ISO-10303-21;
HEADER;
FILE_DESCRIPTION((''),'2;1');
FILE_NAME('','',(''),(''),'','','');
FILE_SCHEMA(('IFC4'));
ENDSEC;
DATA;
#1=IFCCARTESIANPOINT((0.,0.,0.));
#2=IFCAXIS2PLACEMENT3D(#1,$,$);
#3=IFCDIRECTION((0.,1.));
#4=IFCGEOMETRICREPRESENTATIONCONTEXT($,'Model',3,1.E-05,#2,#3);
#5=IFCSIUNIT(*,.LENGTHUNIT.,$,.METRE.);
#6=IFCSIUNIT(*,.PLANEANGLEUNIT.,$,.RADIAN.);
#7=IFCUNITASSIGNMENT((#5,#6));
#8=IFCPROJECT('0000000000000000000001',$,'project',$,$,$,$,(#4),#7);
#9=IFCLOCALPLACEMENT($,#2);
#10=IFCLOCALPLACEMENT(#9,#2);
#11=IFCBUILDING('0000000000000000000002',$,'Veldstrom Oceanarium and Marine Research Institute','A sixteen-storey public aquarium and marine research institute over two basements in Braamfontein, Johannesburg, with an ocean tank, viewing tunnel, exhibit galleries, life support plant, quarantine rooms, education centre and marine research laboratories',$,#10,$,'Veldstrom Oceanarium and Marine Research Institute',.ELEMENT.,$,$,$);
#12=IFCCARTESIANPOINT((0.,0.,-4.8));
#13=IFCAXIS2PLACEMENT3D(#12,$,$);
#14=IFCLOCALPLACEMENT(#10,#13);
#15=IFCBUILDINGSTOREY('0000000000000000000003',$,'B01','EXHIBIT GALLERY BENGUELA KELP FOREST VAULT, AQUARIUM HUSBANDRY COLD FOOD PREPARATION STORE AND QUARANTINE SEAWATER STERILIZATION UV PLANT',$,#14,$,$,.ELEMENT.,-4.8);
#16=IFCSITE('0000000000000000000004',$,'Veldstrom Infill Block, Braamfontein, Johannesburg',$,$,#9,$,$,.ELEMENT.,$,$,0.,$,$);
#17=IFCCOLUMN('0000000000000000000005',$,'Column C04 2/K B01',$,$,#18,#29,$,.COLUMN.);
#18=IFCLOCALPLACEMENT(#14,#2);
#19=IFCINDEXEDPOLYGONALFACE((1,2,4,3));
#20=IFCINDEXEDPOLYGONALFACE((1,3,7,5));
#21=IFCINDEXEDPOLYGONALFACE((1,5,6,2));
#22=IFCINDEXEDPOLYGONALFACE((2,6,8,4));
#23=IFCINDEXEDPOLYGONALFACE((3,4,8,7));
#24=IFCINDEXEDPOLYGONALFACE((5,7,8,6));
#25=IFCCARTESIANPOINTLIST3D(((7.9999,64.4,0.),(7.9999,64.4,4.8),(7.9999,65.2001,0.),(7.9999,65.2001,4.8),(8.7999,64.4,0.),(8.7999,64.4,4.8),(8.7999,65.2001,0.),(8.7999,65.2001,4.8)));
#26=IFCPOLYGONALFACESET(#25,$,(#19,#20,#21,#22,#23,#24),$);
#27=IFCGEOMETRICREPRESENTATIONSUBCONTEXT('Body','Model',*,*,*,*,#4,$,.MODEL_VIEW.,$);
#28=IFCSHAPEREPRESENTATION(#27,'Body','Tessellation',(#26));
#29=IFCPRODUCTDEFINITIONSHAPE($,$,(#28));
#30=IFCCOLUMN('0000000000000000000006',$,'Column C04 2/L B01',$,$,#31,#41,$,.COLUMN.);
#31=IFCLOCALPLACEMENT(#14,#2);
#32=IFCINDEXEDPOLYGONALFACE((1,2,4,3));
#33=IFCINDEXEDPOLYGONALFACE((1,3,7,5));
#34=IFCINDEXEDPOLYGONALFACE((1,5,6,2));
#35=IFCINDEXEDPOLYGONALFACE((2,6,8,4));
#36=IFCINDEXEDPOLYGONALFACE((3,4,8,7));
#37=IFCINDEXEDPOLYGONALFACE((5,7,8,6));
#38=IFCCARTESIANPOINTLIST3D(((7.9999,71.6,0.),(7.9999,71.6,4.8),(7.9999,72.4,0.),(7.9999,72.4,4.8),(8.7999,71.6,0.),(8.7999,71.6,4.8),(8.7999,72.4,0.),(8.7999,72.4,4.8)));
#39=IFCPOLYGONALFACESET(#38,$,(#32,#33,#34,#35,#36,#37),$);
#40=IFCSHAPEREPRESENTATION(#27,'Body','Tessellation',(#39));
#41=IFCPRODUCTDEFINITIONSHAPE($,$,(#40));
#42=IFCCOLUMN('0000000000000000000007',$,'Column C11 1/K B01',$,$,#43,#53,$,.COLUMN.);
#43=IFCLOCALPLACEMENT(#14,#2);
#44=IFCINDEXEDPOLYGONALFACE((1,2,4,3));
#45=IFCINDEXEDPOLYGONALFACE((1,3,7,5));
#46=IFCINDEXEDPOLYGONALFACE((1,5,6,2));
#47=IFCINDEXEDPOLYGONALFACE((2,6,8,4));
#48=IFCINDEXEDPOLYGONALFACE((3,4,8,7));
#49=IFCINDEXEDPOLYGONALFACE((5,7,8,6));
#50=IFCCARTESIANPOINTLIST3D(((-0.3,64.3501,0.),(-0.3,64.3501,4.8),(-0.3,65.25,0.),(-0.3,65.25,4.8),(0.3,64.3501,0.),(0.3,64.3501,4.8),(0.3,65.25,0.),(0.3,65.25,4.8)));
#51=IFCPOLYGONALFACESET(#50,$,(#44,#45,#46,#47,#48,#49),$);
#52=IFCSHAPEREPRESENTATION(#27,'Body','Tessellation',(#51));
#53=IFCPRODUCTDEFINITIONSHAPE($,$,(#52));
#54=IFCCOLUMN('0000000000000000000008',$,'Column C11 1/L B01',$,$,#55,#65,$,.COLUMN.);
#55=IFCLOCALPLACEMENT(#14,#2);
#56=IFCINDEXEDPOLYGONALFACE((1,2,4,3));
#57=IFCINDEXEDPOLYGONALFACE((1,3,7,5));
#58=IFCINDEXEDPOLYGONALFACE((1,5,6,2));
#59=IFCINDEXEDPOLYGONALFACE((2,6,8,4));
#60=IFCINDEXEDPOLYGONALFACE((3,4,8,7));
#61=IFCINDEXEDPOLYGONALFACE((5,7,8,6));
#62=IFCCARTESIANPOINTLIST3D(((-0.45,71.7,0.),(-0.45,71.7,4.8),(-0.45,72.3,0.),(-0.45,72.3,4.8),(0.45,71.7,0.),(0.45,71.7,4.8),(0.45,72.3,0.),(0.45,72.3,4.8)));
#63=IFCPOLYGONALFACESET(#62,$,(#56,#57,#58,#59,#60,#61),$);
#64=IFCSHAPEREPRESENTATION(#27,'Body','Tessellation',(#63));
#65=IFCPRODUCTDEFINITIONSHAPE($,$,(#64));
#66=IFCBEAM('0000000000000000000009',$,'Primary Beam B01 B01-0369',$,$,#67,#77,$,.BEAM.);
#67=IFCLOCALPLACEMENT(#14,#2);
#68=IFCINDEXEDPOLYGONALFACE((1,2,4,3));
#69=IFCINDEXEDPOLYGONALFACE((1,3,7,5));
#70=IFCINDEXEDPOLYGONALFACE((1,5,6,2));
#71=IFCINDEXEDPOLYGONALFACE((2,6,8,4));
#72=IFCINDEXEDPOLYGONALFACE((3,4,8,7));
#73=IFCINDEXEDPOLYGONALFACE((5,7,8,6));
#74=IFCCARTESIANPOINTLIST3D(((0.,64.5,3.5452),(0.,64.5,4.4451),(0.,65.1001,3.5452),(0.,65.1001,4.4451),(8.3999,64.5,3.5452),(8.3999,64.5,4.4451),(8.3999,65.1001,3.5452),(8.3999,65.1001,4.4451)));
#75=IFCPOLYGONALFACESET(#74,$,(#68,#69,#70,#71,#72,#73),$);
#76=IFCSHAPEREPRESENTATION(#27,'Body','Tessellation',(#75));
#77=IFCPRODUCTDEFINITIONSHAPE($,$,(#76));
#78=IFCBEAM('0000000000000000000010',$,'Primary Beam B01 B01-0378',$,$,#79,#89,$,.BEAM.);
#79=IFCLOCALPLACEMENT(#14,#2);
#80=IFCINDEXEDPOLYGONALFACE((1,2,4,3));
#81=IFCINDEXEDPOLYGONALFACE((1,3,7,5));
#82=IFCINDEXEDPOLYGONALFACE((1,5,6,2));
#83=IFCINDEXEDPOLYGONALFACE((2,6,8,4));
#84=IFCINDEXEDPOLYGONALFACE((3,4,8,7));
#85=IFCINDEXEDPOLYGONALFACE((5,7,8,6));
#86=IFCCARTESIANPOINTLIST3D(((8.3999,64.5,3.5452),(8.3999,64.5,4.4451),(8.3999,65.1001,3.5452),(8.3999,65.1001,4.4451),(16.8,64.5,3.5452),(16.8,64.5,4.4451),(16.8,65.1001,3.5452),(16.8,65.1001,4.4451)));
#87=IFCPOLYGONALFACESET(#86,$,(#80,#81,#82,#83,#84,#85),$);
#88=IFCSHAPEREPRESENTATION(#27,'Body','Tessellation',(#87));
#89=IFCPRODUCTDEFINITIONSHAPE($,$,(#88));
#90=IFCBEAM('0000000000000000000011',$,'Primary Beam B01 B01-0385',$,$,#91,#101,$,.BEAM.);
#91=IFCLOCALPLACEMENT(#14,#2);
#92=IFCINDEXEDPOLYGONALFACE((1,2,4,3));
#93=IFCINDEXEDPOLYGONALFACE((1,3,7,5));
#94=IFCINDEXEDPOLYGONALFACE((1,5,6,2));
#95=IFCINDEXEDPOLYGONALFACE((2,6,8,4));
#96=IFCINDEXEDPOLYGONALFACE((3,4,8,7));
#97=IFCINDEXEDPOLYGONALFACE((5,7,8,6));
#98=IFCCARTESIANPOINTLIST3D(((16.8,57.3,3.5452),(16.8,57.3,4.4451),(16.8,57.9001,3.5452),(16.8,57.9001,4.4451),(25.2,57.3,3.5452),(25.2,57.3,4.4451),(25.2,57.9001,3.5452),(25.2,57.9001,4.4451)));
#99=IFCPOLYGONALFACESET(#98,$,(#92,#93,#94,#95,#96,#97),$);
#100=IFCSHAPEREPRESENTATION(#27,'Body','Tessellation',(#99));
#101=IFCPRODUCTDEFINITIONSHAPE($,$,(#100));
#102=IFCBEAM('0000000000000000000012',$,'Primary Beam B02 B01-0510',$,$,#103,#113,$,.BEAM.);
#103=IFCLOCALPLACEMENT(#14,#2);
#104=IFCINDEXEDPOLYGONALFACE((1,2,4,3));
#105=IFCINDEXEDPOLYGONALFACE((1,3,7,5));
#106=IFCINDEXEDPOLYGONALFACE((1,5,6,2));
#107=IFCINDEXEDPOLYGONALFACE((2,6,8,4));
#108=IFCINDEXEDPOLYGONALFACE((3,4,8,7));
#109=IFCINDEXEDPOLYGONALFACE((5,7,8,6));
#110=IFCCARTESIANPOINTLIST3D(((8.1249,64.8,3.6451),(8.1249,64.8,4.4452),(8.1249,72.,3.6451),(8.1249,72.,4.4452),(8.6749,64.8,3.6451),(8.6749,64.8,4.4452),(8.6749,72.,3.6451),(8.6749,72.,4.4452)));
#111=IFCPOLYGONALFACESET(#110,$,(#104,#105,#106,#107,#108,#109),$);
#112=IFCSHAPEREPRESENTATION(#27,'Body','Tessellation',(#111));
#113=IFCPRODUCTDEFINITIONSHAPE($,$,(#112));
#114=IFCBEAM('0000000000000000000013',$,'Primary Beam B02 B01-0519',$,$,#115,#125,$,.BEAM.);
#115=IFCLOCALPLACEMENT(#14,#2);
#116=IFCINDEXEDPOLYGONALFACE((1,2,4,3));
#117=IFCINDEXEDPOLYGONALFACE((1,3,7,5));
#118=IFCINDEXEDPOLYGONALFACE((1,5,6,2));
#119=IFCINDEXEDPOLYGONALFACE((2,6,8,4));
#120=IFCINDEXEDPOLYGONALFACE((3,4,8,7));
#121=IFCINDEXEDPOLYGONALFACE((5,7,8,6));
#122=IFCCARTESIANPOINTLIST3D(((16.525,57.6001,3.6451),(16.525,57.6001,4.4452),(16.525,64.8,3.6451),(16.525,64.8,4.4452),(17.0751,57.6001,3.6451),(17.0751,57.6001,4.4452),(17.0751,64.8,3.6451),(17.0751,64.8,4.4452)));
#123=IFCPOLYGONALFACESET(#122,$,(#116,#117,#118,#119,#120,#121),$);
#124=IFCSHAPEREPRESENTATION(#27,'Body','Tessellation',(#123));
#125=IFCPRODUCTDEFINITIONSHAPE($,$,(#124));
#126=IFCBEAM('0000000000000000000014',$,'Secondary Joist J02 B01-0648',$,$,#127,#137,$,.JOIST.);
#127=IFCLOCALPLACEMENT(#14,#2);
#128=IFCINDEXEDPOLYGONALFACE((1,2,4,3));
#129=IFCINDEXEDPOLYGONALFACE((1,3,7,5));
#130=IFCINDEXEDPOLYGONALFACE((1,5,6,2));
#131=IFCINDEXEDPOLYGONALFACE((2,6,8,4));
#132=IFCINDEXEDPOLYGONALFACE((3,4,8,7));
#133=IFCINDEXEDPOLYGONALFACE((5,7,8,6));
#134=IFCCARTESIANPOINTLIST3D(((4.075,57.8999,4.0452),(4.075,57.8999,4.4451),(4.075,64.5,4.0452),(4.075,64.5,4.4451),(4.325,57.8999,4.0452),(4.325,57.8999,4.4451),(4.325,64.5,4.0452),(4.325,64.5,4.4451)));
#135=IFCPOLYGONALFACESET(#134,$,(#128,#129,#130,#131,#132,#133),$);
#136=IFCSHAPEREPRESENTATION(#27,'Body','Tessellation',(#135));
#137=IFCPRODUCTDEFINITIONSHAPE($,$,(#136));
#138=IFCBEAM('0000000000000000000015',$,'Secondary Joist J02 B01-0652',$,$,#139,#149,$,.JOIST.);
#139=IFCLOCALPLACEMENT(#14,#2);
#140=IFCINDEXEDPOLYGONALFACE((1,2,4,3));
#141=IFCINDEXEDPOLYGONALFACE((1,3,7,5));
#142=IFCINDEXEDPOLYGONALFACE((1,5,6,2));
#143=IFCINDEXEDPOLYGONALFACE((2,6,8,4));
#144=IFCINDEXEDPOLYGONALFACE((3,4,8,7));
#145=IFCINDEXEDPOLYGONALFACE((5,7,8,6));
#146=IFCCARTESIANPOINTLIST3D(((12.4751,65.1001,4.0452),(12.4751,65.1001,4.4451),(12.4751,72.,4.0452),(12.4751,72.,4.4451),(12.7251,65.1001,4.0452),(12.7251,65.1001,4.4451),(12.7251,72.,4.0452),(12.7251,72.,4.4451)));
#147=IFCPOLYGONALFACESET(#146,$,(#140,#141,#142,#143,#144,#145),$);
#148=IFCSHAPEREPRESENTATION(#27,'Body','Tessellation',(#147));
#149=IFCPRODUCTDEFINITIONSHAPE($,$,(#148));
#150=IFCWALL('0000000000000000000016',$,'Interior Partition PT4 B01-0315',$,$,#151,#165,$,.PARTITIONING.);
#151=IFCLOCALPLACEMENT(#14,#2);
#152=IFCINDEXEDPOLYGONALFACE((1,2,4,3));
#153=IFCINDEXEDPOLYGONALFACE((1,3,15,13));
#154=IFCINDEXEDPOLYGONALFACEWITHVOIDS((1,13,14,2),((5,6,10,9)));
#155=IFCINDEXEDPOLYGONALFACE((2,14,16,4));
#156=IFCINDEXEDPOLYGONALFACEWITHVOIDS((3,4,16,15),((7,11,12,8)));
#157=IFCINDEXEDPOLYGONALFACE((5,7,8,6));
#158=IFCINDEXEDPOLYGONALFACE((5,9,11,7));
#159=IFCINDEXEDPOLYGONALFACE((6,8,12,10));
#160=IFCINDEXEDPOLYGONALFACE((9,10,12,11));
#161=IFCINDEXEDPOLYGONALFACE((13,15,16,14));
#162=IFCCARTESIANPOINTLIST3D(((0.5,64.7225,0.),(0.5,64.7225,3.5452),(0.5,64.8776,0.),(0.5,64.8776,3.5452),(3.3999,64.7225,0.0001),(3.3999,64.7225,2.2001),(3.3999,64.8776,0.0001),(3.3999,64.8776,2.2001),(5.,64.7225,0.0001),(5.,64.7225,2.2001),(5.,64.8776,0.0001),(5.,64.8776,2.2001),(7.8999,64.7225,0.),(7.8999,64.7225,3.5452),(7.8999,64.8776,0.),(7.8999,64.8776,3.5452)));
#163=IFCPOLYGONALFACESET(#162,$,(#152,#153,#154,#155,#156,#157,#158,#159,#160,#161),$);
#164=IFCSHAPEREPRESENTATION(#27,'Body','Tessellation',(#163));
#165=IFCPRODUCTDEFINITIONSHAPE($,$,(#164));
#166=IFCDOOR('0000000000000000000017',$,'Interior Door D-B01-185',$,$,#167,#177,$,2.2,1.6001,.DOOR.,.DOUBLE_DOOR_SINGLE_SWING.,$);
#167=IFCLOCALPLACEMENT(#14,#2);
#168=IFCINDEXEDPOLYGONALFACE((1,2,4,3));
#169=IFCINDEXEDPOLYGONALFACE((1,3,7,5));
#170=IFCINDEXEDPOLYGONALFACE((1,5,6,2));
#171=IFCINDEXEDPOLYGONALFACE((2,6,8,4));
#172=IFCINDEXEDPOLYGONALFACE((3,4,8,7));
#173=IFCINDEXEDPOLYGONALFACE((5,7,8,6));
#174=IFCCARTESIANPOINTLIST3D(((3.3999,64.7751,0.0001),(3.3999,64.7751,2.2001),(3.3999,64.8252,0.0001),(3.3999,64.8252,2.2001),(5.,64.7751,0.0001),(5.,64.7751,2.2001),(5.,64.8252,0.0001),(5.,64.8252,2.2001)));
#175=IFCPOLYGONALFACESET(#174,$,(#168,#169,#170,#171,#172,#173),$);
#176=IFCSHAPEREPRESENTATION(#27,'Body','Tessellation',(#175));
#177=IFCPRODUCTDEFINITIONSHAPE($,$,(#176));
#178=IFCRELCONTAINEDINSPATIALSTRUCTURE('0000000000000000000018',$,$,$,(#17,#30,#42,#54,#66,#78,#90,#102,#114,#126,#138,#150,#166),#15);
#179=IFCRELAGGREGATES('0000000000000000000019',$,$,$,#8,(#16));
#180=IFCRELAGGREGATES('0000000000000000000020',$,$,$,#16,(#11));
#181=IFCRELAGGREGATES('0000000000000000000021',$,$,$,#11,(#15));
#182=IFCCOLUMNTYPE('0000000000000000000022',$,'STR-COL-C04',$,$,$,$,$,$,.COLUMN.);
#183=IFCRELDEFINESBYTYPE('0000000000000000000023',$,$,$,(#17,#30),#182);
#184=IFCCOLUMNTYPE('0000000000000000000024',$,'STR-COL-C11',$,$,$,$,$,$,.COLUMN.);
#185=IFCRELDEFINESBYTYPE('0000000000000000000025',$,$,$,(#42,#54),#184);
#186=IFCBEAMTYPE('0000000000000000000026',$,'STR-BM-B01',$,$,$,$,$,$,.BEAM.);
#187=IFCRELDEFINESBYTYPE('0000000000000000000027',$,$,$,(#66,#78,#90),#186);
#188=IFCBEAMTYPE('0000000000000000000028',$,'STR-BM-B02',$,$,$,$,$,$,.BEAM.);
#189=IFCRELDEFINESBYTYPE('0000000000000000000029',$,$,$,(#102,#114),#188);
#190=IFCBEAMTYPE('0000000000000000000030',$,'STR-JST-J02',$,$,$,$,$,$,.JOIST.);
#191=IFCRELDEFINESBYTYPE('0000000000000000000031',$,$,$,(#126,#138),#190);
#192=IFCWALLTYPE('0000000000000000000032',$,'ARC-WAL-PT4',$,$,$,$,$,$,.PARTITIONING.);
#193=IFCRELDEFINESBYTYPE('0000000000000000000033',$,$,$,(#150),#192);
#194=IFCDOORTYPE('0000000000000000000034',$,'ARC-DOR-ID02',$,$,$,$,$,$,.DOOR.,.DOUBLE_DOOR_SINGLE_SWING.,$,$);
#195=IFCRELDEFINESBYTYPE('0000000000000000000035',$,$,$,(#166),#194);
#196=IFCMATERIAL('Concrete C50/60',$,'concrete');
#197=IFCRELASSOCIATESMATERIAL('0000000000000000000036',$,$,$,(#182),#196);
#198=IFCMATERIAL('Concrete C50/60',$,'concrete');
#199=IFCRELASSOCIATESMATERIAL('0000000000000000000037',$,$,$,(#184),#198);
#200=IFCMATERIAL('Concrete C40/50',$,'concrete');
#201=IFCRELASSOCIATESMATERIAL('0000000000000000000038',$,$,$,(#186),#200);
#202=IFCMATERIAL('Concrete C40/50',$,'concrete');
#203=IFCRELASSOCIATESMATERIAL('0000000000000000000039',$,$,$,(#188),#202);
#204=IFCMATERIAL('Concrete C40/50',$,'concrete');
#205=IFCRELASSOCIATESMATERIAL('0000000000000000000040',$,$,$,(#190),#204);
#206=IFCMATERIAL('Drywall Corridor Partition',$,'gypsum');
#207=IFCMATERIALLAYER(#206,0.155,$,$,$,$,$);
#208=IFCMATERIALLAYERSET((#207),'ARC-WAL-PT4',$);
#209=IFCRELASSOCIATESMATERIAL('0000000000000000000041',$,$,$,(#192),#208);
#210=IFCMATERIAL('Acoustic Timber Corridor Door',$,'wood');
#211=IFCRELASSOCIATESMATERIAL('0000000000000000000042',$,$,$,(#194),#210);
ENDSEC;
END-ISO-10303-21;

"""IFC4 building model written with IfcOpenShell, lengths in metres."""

from ifc_helpers import new_model, si_unit, direction, frame, frame_2d, origin, origin_2d, place, context, subcontext, project, spatial, rectangle, extrude, material, layer, layer_set, material_profile, profile_set, type_object, element, fill, save


model = new_model("IFC4")

# Units and contexts
model_context = context("Model", 3, precision=1e-05, world=origin(), true_north=direction((0.0, 1.0)))
body_context = subcontext(model_context, "Body", "Model", "MODEL_VIEW")
ifc_project = project(units=[si_unit("LENGTHUNIT", "METRE"), si_unit("PLANEANGLEUNIT", "RADIAN")], contexts=[model_context])

# Site, building, storey
site_placement = place(None, origin())
site = spatial("IfcSite", under=ifc_project, at=site_placement, Name="Veldstrom Infill Block, Braamfontein, Johannesburg", CompositionType="ELEMENT", RefElevation=0.0)
building_placement = place(site_placement, origin())
building = spatial("IfcBuilding", under=site, at=building_placement, Name="Veldstrom Oceanarium and Marine Research Institute", Description="A sixteen-storey public aquarium and marine research institute over two basements in Braamfontein, Johannesburg, with an ocean tank, viewing tunnel, exhibit galleries, life support plant, quarantine rooms, education centre and marine research laboratories", LongName="Veldstrom Oceanarium and Marine Research Institute", CompositionType="ELEMENT")
storey_placement = place(building_placement, frame((0.0, 0.0, -4.8)))
storey = spatial("IfcBuildingStorey", under=building, at=storey_placement, Name="B01", Description="EXHIBIT GALLERY BENGUELA KELP FOREST VAULT, AQUARIUM HUSBANDRY COLD FOOD PREPARATION STORE AND QUARANTINE SEAWATER STERILIZATION UV PLANT", CompositionType="ELEMENT", Elevation=-4.8)

# Columns
ifc_material_1 = material(Name="Concrete C50/60", Category="concrete")
ifc_material_profile_1 = material_profile(ifc_material_1, rectangle(XDim=0.8, YDim=0.8, at=origin_2d()), Name="RC-COL-800x800")
ifc_profile_set_1 = profile_set([ifc_material_profile_1], Name="Concrete C50/60")
column_type_1 = type_object("IfcColumnType", Name="STR-COL-C04", PredefinedType="COLUMN", material=ifc_profile_set_1)
for number, where, z_axis, x_axis, name in (
    (1, (8.3999, 64.8, 0.0), (0.0, 0.0, 1.0), (1.0, 0.0, 0.0), "Column C04 2/K B01"),
    (2, (8.3999, 72.0, 0.0), (0.0, 0.0, 1.0), (1.0, 0.0, 0.0), "Column C04 2/L B01"),
):
    element("IfcColumn", number, at=place(storey_placement, frame(where, z_axis=z_axis, x_axis=x_axis)), inside=storey, type_object=column_type_1, Name=name, PredefinedType="COLUMN", context=body_context, shape_type="SweptSolid", body=[
        extrude(rectangle(XDim=0.8, YDim=0.8, at=origin_2d()), origin(), (0.0, 0.0, 1.0), 4.8),
    ])
ifc_material_2 = material(Name="Concrete C50/60", Category="concrete")
ifc_material_profile_2 = material_profile(ifc_material_2, rectangle(XDim=0.6001, YDim=0.8999, at=origin_2d()), Name="RC-COL-900x600")
ifc_profile_set_2 = profile_set([ifc_material_profile_2], Name="Concrete C50/60")
column_type_2 = type_object("IfcColumnType", Name="STR-COL-C11", PredefinedType="COLUMN", material=ifc_profile_set_2)
for number, where, z_axis, x_axis, name in (
    (3, (0.0, 64.8, 0.0), (0.0, 0.0, 1.0), (1.0, 0.0, 0.0), "Column C11 1/K B01"),
    (4, (0.0, 72.0, 0.0), (0.0, 0.0, 1.0), (0.0, 1.0, 0.0), "Column C11 1/L B01"),
):
    element("IfcColumn", number, at=place(storey_placement, frame(where, z_axis=z_axis, x_axis=x_axis)), inside=storey, type_object=column_type_2, Name=name, PredefinedType="COLUMN", context=body_context, shape_type="SweptSolid", body=[
        extrude(rectangle(XDim=0.6001, YDim=0.8999, at=origin_2d()), origin(), (0.0, 0.0, 1.0), 4.8),
    ])

# Beams
ifc_material_3 = material(Name="Concrete C40/50", Category="concrete")
ifc_material_profile_3 = material_profile(ifc_material_3, rectangle(XDim=0.6001, YDim=0.8999, at=origin_2d()), Name="RC-BM-600x900")
ifc_profile_set_3 = profile_set([ifc_material_profile_3], Name="Concrete C40/50")
beam_type_1 = type_object("IfcBeamType", Name="STR-BM-B01", PredefinedType="BEAM", material=ifc_profile_set_3)
beam_1_placement = place(storey_placement, frame((0.0, 64.8, 3.9951), z_axis=(1.0, 0.0, 0.0), x_axis=(0.0, 1.0, 0.0)))
element("IfcBeam", 5, at=beam_1_placement, inside=storey, type_object=beam_type_1, Name="Primary Beam B01 B01-0369", PredefinedType="BEAM", context=body_context, shape_type="SweptSolid", body=[
    extrude(rectangle(XDim=0.6001, YDim=0.8999, at=origin_2d()), origin(), (0.0, 0.0, 1.0), 8.3999),
])
beam_2_placement = place(storey_placement, frame((8.3999, 64.8, 3.9951), z_axis=(1.0, 0.0, 0.0), x_axis=(0.0, 1.0, 0.0)))
element("IfcBeam", 6, at=beam_2_placement, inside=storey, type_object=beam_type_1, Name="Primary Beam B01 B01-0378", PredefinedType="BEAM", context=body_context, shape_type="SweptSolid", body=[
    extrude(rectangle(XDim=0.6001, YDim=0.8999, at=origin_2d()), origin(), (0.0, 0.0, 1.0), 8.4001),
])
beam_3_placement = place(storey_placement, frame((16.8, 57.6001, 3.9951), z_axis=(1.0, 0.0, 0.0), x_axis=(0.0, 1.0, 0.0)))
element("IfcBeam", 7, at=beam_3_placement, inside=storey, type_object=beam_type_1, Name="Primary Beam B01 B01-0385", PredefinedType="BEAM", context=body_context, shape_type="SweptSolid", body=[
    extrude(rectangle(XDim=0.6001, YDim=0.8999, at=origin_2d()), origin(), (0.0, 0.0, 1.0), 8.3999),
])
ifc_material_4 = material(Name="Concrete C40/50", Category="concrete")
ifc_material_profile_4 = material_profile(ifc_material_4, rectangle(XDim=0.55, YDim=0.8, at=origin_2d()), Name="RC-BM-550x800")
ifc_profile_set_4 = profile_set([ifc_material_profile_4], Name="Concrete C40/50")
beam_type_2 = type_object("IfcBeamType", Name="STR-BM-B02", PredefinedType="BEAM", material=ifc_profile_set_4)
for number, where, z_axis, x_axis, name in (
    (8, (8.3999, 64.8, 4.0452), (0.0, 1.0, 0.0), (-1.0, 0.0, 0.0), "Primary Beam B02 B01-0510"),
    (9, (16.8, 57.6001, 4.0452), (0.0, 1.0, 0.0), (-1.0, 0.0, 0.0), "Primary Beam B02 B01-0519"),
):
    element("IfcBeam", number, at=place(storey_placement, frame(where, z_axis=z_axis, x_axis=x_axis)), inside=storey, type_object=beam_type_2, Name=name, PredefinedType="BEAM", context=body_context, shape_type="SweptSolid", body=[
        extrude(rectangle(XDim=0.55, YDim=0.8, at=origin_2d()), origin(), (0.0, 0.0, 1.0), 7.2),
    ])
ifc_material_5 = material(Name="Concrete C40/50", Category="concrete")
ifc_material_profile_5 = material_profile(ifc_material_5, rectangle(XDim=0.25, YDim=0.3999, at=origin_2d()), Name="RC-JST-250x400")
ifc_profile_set_5 = profile_set([ifc_material_profile_5], Name="Concrete C40/50")
beam_type_3 = type_object("IfcBeamType", Name="STR-JST-J02", PredefinedType="JOIST", material=ifc_profile_set_5)
beam_4_placement = place(storey_placement, frame((4.2, 57.8999, 4.2451), z_axis=(0.0, 1.0, 0.0), x_axis=(-1.0, 0.0, 0.0)))
element("IfcBeam", 10, at=beam_4_placement, inside=storey, type_object=beam_type_3, Name="Secondary Joist J02 B01-0648", PredefinedType="JOIST", context=body_context, shape_type="SweptSolid", body=[
    extrude(rectangle(XDim=0.25, YDim=0.3999, at=origin_2d()), origin(), (0.0, 0.0, 1.0), 6.6001),
])
beam_5_placement = place(storey_placement, frame((12.6001, 65.1001, 4.2451), z_axis=(0.0, 1.0, 0.0), x_axis=(-1.0, 0.0, 0.0)))
element("IfcBeam", 11, at=beam_5_placement, inside=storey, type_object=beam_type_3, Name="Secondary Joist J02 B01-0652", PredefinedType="JOIST", context=body_context, shape_type="SweptSolid", body=[
    extrude(rectangle(XDim=0.25, YDim=0.3999, at=origin_2d()), origin(), (0.0, 0.0, 1.0), 6.8999),
])

# Wall, opening, door
ifc_material_6 = material(Name="Drywall Corridor Partition", Category="gypsum")
ifc_layer_1 = layer(ifc_material_6, 0.155)
ifc_layer_set_1 = layer_set([ifc_layer_1], Name="ARC-WAL-PT4")
wall_type_1 = type_object("IfcWallType", Name="ARC-WAL-PT4", PredefinedType="PARTITIONING", material=ifc_layer_set_1)
wall_1_placement = place(storey_placement, frame((0.5, 64.8, 0.0), z_axis=(0.0, 0.0, 1.0), x_axis=(1.0, 0.0, 0.0)))
wall_1 = element("IfcWall", 12, at=wall_1_placement, inside=storey, type_object=wall_type_1, Name="Interior Partition PT4 B01-0315", PredefinedType="PARTITIONING", context=body_context, shape_type="SweptSolid", body=[
    extrude(rectangle(XDim=7.3999, YDim=0.155, at=frame_2d((3.7, 0.0))), origin(), (0.0, 0.0, 1.0), 3.5452),
])
opening_1_placement = place(wall_1_placement, frame((2.8999, 0.0, 0.0)))
opening_1 = element("IfcOpeningElement", 13, at=opening_1_placement, cuts=wall_1, PredefinedType="OPENING", context=body_context, shape_type="SweptSolid", body=[
    extrude(rectangle(XDim=1.6001, YDim=2.2, at=frame_2d((0.8, 1.1001))), frame((0.0, 0.0874, 0.0), z_axis=(0.0, -1.0, 0.0), x_axis=(1.0, 0.0, 0.0)), (0.0, 0.0, 1.0), 0.175),
])
ifc_material_7 = material(Name="Acoustic Timber Corridor Door", Category="wood")
door_type_1 = type_object("IfcDoorType", Name="ARC-DOR-ID02", OperationType="DOUBLE_DOOR_SINGLE_SWING", PredefinedType="DOOR", material=ifc_material_7)
door_1_placement = place(opening_1_placement, frame((1.6001, 0.0, 0.0), z_axis=(0.0, 0.0, 1.0), x_axis=(-1.0, 0.0, 0.0)))
door_1 = element("IfcDoor", 14, at=door_1_placement, inside=storey, type_object=door_type_1, Name="Interior Door D-B01-185", OperationType="DOUBLE_DOOR_SINGLE_SWING", OverallHeight=2.2, OverallWidth=1.6001, PredefinedType="DOOR", context=body_context, shape_type="SweptSolid", body=[
    extrude(rectangle(XDim=1.6001, YDim=2.2, at=frame_2d((0.8, 1.1001))), frame((0.0, 0.0249, 0.0), z_axis=(0.0, -1.0, 0.0), x_axis=(1.0, 0.0, 0.0)), (0.0, 0.0, 1.0), 0.05),
])
fill(opening_1, door_1)

save(model, "model.ifc")
